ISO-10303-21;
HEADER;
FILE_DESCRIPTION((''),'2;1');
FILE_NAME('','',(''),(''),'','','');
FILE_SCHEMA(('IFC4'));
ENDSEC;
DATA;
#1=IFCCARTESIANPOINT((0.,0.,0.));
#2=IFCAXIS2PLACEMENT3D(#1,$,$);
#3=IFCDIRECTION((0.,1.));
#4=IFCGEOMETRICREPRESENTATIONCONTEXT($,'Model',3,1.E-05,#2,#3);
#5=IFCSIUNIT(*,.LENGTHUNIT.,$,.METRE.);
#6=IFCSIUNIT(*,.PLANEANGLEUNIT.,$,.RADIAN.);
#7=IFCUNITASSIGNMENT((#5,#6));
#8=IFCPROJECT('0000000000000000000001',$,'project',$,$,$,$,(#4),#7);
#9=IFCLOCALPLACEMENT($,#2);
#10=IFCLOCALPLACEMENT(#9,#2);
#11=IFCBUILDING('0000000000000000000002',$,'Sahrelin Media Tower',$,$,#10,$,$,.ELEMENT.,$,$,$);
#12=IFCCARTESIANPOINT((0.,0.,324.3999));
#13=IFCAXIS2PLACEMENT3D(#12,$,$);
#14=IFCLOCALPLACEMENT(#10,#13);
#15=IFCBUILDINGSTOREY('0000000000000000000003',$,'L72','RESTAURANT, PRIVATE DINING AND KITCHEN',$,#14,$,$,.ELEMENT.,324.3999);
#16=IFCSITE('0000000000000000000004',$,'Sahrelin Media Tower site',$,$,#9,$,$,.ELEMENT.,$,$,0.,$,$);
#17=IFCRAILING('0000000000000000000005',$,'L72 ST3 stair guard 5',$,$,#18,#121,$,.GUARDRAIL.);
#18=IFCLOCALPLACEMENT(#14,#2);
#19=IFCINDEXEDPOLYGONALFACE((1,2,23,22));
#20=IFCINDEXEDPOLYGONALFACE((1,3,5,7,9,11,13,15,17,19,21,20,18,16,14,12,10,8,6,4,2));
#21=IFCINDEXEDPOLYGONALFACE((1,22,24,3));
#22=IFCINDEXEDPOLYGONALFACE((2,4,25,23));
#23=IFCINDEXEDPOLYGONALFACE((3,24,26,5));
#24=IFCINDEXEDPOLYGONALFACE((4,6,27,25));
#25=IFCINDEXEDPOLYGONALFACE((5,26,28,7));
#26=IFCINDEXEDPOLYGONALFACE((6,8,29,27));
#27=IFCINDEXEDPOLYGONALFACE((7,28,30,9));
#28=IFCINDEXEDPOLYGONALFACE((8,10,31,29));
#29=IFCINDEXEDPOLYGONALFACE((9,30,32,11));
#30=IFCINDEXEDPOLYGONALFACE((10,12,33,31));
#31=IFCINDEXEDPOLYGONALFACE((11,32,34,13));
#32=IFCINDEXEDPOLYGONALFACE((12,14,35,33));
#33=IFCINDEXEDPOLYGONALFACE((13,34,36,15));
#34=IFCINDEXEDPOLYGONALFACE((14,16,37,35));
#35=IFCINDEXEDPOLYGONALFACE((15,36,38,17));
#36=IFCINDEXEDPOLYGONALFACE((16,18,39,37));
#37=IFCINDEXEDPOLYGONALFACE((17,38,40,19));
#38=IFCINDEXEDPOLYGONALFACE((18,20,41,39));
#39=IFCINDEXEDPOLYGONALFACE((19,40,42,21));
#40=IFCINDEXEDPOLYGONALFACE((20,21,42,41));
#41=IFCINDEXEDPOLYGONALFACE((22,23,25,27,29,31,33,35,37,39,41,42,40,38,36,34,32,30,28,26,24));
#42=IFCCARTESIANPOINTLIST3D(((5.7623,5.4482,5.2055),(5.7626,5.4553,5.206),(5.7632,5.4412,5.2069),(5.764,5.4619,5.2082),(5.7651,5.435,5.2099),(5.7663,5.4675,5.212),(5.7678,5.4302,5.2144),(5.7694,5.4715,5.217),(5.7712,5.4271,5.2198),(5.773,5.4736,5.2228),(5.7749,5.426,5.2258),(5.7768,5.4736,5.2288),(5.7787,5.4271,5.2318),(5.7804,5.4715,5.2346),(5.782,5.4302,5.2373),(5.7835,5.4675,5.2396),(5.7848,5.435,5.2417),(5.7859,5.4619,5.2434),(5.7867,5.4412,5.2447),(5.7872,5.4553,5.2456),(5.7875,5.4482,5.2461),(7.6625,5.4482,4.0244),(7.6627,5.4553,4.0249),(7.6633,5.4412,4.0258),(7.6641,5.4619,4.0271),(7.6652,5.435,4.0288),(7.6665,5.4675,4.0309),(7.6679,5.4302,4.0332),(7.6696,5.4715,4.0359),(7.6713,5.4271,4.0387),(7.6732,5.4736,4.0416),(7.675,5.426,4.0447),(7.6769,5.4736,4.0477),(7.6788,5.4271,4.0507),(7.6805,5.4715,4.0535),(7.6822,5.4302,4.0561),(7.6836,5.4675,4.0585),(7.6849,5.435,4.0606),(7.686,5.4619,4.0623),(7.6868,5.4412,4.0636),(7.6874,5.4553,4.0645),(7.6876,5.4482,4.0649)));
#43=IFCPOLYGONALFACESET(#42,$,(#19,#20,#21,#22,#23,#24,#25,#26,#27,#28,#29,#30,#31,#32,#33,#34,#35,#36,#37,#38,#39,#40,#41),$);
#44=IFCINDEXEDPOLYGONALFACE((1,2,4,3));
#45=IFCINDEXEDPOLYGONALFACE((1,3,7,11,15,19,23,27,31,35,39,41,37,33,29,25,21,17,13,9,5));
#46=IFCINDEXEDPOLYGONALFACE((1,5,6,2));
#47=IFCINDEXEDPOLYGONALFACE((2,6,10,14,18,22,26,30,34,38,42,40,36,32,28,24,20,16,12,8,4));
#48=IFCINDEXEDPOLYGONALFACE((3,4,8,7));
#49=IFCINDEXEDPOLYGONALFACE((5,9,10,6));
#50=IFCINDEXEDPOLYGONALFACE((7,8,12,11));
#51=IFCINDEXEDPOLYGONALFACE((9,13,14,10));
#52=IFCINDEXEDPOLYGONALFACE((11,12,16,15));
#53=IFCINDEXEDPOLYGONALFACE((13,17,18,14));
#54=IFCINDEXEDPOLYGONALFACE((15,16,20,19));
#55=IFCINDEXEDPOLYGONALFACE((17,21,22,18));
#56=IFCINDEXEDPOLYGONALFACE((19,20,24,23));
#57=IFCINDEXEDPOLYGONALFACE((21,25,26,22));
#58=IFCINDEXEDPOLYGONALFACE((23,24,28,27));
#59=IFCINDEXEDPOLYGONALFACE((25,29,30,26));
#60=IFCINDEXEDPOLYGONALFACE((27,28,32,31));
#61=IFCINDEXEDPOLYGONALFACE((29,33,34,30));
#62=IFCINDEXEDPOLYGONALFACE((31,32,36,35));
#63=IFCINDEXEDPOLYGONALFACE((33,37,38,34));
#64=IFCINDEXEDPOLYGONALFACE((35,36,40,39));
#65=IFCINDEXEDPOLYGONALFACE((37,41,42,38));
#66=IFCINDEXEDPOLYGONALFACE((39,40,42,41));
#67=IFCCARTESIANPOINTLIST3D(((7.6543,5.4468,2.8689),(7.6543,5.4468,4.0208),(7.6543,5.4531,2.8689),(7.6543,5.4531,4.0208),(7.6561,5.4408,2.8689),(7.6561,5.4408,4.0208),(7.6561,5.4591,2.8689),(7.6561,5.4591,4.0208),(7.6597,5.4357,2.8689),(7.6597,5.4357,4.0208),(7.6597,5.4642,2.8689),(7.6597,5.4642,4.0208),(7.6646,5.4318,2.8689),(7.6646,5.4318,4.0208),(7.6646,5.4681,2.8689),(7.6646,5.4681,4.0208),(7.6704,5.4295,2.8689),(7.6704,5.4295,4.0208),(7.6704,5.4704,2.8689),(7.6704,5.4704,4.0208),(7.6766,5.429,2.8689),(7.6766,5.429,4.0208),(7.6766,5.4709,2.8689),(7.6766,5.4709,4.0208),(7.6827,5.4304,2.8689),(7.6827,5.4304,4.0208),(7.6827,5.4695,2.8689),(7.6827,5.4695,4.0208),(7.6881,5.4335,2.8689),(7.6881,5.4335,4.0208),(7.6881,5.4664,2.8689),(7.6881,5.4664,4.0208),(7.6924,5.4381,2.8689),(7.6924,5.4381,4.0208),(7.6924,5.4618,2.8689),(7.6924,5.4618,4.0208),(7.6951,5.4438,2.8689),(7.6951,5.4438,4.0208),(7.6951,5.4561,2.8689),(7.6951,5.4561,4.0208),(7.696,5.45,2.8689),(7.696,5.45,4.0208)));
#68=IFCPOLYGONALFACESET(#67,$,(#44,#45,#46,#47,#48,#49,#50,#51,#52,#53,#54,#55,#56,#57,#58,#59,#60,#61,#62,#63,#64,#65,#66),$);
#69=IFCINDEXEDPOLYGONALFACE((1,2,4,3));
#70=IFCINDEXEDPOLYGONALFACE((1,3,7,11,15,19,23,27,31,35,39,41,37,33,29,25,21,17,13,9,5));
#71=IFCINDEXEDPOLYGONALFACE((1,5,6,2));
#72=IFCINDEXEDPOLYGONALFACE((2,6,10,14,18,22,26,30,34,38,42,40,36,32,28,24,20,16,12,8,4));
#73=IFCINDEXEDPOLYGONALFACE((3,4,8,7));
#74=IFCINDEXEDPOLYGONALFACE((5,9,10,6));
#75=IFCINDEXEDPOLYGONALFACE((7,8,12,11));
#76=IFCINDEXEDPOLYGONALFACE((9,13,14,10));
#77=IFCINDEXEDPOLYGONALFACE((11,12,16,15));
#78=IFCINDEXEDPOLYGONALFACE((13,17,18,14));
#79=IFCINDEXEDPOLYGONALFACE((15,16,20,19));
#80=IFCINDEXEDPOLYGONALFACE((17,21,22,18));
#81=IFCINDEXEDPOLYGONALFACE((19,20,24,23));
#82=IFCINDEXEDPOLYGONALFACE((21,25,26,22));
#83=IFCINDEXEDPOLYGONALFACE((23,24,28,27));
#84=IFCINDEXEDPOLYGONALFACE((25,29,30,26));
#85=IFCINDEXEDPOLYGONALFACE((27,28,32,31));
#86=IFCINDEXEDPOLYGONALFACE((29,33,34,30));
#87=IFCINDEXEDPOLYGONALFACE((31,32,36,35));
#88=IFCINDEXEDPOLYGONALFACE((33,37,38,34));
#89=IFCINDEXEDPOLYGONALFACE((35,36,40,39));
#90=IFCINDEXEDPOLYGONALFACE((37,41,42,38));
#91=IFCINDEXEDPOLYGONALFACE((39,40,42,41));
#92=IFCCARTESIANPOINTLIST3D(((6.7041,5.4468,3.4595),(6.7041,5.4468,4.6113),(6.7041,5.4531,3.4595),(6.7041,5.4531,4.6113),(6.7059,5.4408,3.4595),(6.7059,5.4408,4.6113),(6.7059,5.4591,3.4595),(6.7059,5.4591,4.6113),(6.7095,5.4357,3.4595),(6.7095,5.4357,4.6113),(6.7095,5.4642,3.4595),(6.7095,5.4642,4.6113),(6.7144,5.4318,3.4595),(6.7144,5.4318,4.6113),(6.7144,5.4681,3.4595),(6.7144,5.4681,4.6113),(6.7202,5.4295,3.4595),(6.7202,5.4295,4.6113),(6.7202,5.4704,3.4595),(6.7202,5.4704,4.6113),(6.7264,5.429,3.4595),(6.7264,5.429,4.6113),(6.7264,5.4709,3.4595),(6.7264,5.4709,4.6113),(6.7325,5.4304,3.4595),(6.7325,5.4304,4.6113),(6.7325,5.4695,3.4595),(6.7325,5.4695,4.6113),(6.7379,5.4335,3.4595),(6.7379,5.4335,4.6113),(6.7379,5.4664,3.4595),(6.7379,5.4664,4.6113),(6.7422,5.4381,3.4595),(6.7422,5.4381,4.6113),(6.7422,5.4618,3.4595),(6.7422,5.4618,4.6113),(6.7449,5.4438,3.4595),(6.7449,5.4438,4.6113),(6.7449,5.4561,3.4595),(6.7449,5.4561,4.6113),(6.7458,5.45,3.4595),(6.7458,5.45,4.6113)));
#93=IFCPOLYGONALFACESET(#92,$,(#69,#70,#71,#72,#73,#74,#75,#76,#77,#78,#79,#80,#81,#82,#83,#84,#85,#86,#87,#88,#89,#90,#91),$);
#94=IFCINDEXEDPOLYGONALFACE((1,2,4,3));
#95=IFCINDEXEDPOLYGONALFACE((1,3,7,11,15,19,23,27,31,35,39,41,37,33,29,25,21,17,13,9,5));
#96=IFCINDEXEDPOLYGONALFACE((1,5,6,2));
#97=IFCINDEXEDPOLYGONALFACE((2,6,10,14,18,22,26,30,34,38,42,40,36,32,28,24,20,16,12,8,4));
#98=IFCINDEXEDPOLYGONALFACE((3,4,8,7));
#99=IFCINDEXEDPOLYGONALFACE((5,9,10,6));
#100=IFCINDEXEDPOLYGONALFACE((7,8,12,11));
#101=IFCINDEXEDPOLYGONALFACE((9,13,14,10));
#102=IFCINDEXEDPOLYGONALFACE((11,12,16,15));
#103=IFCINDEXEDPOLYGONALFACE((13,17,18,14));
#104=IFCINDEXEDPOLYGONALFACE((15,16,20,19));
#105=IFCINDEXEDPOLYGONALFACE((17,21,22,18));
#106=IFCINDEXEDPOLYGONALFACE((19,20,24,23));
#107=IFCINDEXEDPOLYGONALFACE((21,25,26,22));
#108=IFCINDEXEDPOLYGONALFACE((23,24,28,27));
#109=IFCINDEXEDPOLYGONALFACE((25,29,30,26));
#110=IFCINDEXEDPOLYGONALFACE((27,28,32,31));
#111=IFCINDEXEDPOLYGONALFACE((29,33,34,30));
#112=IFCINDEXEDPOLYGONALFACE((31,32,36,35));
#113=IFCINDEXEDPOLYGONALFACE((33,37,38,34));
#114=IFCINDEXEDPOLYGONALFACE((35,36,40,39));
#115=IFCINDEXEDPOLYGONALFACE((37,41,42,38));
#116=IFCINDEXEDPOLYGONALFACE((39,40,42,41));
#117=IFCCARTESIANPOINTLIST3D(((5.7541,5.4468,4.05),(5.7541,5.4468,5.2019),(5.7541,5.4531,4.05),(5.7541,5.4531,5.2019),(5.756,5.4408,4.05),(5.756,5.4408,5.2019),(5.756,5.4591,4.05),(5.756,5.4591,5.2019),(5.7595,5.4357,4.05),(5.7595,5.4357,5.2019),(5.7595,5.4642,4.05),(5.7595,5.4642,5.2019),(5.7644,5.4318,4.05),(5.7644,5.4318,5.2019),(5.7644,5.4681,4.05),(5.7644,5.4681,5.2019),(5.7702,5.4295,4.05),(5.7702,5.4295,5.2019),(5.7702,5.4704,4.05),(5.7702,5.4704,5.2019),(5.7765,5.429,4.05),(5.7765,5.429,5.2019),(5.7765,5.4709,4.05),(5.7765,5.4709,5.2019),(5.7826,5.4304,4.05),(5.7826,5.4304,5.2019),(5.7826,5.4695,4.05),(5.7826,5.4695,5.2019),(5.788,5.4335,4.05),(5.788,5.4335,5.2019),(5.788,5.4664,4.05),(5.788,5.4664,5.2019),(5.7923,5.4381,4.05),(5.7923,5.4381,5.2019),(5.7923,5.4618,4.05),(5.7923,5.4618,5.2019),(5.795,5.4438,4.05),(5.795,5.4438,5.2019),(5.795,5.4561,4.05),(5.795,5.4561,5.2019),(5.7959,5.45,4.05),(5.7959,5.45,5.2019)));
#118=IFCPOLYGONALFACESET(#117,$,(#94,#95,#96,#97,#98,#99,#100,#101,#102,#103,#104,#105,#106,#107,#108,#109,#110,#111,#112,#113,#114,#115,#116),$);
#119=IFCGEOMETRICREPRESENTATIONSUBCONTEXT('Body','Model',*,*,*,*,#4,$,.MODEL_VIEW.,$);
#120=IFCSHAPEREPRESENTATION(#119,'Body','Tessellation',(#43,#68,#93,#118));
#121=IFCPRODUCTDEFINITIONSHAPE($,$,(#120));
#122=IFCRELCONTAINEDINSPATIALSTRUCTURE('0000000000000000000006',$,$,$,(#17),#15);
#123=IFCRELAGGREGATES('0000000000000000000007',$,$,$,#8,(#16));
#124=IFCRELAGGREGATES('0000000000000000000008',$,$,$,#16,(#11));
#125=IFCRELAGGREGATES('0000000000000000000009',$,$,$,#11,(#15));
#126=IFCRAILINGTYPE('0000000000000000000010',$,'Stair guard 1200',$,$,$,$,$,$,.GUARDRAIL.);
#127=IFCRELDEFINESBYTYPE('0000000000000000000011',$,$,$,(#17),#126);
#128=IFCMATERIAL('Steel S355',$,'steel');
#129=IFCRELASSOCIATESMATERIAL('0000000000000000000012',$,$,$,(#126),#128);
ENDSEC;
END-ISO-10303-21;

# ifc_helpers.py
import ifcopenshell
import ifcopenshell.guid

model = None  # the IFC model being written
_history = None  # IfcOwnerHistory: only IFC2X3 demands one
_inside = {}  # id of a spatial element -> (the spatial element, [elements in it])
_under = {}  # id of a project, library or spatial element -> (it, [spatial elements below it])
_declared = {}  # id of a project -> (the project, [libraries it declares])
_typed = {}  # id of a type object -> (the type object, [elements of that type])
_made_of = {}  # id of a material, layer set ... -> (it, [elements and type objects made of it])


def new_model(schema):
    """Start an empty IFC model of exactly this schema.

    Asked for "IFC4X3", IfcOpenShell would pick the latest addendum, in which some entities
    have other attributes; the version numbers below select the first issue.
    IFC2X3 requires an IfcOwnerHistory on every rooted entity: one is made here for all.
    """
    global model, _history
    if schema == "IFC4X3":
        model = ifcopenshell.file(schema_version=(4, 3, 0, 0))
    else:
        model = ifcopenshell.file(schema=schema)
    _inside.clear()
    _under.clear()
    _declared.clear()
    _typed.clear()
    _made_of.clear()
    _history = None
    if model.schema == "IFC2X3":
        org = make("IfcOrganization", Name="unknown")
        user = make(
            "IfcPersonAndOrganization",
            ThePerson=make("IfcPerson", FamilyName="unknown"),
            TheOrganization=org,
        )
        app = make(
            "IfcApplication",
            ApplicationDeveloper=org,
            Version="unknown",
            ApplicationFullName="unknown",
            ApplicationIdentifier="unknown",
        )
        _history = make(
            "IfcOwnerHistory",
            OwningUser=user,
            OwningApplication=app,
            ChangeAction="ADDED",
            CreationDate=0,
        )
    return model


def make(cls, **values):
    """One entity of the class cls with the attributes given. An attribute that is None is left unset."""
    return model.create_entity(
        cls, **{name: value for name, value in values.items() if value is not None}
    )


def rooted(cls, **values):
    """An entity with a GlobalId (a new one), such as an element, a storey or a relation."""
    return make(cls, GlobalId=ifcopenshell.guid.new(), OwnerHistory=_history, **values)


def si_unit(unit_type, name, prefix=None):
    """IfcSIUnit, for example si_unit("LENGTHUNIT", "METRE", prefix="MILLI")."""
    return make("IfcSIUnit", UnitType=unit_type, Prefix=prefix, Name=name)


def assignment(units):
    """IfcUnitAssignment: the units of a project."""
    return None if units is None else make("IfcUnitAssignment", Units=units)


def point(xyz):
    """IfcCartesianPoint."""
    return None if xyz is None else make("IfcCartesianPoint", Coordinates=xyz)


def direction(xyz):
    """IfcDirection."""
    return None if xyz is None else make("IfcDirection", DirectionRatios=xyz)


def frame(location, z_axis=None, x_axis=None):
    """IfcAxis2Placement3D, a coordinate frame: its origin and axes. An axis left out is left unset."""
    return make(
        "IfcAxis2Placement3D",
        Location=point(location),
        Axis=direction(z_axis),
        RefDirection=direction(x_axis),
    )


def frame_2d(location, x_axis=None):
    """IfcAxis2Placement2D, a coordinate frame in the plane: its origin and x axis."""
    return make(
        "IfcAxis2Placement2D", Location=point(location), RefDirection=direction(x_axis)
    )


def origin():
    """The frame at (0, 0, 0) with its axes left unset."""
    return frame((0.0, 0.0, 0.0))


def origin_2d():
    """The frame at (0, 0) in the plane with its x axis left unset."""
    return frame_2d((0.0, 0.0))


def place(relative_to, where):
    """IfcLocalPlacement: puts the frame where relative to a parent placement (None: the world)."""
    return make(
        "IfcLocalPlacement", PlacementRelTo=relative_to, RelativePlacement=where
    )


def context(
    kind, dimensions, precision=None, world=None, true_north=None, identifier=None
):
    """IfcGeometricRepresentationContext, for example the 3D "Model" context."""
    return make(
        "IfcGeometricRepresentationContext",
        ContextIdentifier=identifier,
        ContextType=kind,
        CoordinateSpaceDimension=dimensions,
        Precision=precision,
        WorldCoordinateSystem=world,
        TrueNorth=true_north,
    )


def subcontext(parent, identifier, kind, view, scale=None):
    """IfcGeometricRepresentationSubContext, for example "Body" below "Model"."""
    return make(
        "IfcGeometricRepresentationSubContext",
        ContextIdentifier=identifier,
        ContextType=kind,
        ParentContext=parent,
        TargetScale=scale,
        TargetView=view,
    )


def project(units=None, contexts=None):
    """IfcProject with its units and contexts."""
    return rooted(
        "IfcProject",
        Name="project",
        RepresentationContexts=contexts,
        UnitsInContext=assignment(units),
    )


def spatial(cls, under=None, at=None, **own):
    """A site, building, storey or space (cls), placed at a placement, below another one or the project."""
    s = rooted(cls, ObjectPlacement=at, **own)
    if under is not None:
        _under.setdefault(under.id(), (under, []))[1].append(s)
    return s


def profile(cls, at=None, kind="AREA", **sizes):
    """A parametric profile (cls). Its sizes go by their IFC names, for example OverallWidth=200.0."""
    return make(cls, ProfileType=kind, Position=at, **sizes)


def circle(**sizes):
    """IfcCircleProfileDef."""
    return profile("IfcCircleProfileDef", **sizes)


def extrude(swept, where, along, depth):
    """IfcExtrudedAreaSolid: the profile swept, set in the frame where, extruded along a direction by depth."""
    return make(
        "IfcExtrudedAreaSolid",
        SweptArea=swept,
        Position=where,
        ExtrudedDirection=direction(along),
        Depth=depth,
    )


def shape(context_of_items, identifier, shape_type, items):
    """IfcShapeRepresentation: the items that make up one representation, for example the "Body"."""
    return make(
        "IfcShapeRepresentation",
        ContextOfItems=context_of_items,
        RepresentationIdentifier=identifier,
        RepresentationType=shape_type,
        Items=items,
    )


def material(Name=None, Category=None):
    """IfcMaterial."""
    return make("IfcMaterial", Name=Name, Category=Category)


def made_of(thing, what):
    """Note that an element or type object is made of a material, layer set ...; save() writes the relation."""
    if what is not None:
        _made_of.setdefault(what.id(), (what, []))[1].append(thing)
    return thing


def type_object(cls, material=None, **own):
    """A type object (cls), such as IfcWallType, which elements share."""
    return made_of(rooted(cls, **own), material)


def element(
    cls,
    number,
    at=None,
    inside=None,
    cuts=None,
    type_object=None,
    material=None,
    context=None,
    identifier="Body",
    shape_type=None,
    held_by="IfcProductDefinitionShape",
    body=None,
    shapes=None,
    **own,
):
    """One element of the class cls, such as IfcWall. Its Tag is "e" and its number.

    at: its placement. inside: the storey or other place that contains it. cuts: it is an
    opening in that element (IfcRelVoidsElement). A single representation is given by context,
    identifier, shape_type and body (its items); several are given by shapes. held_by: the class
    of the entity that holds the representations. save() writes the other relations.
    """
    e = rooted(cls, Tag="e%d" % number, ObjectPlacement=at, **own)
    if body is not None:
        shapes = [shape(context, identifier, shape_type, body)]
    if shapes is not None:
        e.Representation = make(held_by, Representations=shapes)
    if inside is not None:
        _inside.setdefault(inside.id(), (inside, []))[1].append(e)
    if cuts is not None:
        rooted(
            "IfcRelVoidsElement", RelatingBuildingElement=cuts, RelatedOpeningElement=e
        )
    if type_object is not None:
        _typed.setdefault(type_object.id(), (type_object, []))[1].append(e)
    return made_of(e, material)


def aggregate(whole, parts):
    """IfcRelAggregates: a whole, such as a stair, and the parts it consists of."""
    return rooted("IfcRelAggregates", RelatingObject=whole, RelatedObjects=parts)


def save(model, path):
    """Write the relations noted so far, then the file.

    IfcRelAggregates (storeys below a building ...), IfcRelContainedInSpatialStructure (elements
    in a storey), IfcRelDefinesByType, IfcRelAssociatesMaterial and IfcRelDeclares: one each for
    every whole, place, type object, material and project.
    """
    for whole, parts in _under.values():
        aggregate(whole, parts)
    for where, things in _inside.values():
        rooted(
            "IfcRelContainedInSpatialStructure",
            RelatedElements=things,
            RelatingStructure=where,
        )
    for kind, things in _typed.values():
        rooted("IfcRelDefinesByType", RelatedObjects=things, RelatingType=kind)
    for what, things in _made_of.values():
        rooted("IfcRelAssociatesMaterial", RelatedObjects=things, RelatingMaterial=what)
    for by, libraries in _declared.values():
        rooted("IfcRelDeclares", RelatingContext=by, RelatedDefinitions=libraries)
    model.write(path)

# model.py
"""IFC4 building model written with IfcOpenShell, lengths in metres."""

from ifc_helpers import new_model, si_unit, direction, frame, origin, origin_2d, place, context, subcontext, project, spatial, circle, extrude, material, type_object, element, save


model = new_model("IFC4")

# Units and contexts
model_context = context("Model", 3, precision=1e-05, world=origin(), true_north=direction((0.0, 1.0)))
body_context = subcontext(model_context, "Body", "Model", "MODEL_VIEW")
ifc_project = project(units=[si_unit("LENGTHUNIT", "METRE"), si_unit("PLANEANGLEUNIT", "RADIAN")], contexts=[model_context])

# Site, building, storey
site_placement = place(None, origin())
site = spatial("IfcSite", under=ifc_project, at=site_placement, Name="Sahrelin Media Tower site", CompositionType="ELEMENT", RefElevation=0.0)
building_placement = place(site_placement, origin())
building = spatial("IfcBuilding", under=site, at=building_placement, Name="Sahrelin Media Tower", CompositionType="ELEMENT")
storey_placement = place(building_placement, frame((0.0, 0.0, 324.3999)))
storey = spatial("IfcBuildingStorey", under=building, at=storey_placement, Name="L72", Description="RESTAURANT, PRIVATE DINING AND KITCHEN", CompositionType="ELEMENT", Elevation=324.3999)

# Shared definitions
ifc_material_1 = material(Name="Steel S355", Category="steel")

# Railing
railing_type_1 = type_object("IfcRailingType", Name="Stair guard 1200", PredefinedType="GUARDRAIL", material=ifc_material_1)
for number, where, name in (
    (1, (7.675, 5.45, 2.8689), "L72 ST3 stair guard 5"),
):
    element("IfcRailing", number, at=place(storey_placement, frame(where)), inside=storey, type_object=railing_type_1, Name=name, PredefinedType="GUARDRAIL", context=body_context, shape_type="SweptSolid", body=[
        extrude(circle(Radius=0.0239, at=origin_2d()), frame((0.0, 0.0, 1.1758), z_axis=(-0.849289, 0.0, 0.527928), x_axis=(0.0, -1.0, 0.0)), (0.0, 0.0, 1.0), 2.2373),
        extrude(circle(Radius=0.021, at=origin_2d()), origin(), (0.0, 0.0, 1.0), 1.1519),
        extrude(circle(Radius=0.021, at=origin_2d()), frame((-0.9502, 0.0, 0.5906)), (0.0, 0.0, 1.0), 1.1519),
        extrude(circle(Radius=0.021, at=origin_2d()), frame((-1.9001, 0.0, 1.1812)), (0.0, 0.0, 1.0), 1.1519),
    ])

save(model, "model.ifc")
